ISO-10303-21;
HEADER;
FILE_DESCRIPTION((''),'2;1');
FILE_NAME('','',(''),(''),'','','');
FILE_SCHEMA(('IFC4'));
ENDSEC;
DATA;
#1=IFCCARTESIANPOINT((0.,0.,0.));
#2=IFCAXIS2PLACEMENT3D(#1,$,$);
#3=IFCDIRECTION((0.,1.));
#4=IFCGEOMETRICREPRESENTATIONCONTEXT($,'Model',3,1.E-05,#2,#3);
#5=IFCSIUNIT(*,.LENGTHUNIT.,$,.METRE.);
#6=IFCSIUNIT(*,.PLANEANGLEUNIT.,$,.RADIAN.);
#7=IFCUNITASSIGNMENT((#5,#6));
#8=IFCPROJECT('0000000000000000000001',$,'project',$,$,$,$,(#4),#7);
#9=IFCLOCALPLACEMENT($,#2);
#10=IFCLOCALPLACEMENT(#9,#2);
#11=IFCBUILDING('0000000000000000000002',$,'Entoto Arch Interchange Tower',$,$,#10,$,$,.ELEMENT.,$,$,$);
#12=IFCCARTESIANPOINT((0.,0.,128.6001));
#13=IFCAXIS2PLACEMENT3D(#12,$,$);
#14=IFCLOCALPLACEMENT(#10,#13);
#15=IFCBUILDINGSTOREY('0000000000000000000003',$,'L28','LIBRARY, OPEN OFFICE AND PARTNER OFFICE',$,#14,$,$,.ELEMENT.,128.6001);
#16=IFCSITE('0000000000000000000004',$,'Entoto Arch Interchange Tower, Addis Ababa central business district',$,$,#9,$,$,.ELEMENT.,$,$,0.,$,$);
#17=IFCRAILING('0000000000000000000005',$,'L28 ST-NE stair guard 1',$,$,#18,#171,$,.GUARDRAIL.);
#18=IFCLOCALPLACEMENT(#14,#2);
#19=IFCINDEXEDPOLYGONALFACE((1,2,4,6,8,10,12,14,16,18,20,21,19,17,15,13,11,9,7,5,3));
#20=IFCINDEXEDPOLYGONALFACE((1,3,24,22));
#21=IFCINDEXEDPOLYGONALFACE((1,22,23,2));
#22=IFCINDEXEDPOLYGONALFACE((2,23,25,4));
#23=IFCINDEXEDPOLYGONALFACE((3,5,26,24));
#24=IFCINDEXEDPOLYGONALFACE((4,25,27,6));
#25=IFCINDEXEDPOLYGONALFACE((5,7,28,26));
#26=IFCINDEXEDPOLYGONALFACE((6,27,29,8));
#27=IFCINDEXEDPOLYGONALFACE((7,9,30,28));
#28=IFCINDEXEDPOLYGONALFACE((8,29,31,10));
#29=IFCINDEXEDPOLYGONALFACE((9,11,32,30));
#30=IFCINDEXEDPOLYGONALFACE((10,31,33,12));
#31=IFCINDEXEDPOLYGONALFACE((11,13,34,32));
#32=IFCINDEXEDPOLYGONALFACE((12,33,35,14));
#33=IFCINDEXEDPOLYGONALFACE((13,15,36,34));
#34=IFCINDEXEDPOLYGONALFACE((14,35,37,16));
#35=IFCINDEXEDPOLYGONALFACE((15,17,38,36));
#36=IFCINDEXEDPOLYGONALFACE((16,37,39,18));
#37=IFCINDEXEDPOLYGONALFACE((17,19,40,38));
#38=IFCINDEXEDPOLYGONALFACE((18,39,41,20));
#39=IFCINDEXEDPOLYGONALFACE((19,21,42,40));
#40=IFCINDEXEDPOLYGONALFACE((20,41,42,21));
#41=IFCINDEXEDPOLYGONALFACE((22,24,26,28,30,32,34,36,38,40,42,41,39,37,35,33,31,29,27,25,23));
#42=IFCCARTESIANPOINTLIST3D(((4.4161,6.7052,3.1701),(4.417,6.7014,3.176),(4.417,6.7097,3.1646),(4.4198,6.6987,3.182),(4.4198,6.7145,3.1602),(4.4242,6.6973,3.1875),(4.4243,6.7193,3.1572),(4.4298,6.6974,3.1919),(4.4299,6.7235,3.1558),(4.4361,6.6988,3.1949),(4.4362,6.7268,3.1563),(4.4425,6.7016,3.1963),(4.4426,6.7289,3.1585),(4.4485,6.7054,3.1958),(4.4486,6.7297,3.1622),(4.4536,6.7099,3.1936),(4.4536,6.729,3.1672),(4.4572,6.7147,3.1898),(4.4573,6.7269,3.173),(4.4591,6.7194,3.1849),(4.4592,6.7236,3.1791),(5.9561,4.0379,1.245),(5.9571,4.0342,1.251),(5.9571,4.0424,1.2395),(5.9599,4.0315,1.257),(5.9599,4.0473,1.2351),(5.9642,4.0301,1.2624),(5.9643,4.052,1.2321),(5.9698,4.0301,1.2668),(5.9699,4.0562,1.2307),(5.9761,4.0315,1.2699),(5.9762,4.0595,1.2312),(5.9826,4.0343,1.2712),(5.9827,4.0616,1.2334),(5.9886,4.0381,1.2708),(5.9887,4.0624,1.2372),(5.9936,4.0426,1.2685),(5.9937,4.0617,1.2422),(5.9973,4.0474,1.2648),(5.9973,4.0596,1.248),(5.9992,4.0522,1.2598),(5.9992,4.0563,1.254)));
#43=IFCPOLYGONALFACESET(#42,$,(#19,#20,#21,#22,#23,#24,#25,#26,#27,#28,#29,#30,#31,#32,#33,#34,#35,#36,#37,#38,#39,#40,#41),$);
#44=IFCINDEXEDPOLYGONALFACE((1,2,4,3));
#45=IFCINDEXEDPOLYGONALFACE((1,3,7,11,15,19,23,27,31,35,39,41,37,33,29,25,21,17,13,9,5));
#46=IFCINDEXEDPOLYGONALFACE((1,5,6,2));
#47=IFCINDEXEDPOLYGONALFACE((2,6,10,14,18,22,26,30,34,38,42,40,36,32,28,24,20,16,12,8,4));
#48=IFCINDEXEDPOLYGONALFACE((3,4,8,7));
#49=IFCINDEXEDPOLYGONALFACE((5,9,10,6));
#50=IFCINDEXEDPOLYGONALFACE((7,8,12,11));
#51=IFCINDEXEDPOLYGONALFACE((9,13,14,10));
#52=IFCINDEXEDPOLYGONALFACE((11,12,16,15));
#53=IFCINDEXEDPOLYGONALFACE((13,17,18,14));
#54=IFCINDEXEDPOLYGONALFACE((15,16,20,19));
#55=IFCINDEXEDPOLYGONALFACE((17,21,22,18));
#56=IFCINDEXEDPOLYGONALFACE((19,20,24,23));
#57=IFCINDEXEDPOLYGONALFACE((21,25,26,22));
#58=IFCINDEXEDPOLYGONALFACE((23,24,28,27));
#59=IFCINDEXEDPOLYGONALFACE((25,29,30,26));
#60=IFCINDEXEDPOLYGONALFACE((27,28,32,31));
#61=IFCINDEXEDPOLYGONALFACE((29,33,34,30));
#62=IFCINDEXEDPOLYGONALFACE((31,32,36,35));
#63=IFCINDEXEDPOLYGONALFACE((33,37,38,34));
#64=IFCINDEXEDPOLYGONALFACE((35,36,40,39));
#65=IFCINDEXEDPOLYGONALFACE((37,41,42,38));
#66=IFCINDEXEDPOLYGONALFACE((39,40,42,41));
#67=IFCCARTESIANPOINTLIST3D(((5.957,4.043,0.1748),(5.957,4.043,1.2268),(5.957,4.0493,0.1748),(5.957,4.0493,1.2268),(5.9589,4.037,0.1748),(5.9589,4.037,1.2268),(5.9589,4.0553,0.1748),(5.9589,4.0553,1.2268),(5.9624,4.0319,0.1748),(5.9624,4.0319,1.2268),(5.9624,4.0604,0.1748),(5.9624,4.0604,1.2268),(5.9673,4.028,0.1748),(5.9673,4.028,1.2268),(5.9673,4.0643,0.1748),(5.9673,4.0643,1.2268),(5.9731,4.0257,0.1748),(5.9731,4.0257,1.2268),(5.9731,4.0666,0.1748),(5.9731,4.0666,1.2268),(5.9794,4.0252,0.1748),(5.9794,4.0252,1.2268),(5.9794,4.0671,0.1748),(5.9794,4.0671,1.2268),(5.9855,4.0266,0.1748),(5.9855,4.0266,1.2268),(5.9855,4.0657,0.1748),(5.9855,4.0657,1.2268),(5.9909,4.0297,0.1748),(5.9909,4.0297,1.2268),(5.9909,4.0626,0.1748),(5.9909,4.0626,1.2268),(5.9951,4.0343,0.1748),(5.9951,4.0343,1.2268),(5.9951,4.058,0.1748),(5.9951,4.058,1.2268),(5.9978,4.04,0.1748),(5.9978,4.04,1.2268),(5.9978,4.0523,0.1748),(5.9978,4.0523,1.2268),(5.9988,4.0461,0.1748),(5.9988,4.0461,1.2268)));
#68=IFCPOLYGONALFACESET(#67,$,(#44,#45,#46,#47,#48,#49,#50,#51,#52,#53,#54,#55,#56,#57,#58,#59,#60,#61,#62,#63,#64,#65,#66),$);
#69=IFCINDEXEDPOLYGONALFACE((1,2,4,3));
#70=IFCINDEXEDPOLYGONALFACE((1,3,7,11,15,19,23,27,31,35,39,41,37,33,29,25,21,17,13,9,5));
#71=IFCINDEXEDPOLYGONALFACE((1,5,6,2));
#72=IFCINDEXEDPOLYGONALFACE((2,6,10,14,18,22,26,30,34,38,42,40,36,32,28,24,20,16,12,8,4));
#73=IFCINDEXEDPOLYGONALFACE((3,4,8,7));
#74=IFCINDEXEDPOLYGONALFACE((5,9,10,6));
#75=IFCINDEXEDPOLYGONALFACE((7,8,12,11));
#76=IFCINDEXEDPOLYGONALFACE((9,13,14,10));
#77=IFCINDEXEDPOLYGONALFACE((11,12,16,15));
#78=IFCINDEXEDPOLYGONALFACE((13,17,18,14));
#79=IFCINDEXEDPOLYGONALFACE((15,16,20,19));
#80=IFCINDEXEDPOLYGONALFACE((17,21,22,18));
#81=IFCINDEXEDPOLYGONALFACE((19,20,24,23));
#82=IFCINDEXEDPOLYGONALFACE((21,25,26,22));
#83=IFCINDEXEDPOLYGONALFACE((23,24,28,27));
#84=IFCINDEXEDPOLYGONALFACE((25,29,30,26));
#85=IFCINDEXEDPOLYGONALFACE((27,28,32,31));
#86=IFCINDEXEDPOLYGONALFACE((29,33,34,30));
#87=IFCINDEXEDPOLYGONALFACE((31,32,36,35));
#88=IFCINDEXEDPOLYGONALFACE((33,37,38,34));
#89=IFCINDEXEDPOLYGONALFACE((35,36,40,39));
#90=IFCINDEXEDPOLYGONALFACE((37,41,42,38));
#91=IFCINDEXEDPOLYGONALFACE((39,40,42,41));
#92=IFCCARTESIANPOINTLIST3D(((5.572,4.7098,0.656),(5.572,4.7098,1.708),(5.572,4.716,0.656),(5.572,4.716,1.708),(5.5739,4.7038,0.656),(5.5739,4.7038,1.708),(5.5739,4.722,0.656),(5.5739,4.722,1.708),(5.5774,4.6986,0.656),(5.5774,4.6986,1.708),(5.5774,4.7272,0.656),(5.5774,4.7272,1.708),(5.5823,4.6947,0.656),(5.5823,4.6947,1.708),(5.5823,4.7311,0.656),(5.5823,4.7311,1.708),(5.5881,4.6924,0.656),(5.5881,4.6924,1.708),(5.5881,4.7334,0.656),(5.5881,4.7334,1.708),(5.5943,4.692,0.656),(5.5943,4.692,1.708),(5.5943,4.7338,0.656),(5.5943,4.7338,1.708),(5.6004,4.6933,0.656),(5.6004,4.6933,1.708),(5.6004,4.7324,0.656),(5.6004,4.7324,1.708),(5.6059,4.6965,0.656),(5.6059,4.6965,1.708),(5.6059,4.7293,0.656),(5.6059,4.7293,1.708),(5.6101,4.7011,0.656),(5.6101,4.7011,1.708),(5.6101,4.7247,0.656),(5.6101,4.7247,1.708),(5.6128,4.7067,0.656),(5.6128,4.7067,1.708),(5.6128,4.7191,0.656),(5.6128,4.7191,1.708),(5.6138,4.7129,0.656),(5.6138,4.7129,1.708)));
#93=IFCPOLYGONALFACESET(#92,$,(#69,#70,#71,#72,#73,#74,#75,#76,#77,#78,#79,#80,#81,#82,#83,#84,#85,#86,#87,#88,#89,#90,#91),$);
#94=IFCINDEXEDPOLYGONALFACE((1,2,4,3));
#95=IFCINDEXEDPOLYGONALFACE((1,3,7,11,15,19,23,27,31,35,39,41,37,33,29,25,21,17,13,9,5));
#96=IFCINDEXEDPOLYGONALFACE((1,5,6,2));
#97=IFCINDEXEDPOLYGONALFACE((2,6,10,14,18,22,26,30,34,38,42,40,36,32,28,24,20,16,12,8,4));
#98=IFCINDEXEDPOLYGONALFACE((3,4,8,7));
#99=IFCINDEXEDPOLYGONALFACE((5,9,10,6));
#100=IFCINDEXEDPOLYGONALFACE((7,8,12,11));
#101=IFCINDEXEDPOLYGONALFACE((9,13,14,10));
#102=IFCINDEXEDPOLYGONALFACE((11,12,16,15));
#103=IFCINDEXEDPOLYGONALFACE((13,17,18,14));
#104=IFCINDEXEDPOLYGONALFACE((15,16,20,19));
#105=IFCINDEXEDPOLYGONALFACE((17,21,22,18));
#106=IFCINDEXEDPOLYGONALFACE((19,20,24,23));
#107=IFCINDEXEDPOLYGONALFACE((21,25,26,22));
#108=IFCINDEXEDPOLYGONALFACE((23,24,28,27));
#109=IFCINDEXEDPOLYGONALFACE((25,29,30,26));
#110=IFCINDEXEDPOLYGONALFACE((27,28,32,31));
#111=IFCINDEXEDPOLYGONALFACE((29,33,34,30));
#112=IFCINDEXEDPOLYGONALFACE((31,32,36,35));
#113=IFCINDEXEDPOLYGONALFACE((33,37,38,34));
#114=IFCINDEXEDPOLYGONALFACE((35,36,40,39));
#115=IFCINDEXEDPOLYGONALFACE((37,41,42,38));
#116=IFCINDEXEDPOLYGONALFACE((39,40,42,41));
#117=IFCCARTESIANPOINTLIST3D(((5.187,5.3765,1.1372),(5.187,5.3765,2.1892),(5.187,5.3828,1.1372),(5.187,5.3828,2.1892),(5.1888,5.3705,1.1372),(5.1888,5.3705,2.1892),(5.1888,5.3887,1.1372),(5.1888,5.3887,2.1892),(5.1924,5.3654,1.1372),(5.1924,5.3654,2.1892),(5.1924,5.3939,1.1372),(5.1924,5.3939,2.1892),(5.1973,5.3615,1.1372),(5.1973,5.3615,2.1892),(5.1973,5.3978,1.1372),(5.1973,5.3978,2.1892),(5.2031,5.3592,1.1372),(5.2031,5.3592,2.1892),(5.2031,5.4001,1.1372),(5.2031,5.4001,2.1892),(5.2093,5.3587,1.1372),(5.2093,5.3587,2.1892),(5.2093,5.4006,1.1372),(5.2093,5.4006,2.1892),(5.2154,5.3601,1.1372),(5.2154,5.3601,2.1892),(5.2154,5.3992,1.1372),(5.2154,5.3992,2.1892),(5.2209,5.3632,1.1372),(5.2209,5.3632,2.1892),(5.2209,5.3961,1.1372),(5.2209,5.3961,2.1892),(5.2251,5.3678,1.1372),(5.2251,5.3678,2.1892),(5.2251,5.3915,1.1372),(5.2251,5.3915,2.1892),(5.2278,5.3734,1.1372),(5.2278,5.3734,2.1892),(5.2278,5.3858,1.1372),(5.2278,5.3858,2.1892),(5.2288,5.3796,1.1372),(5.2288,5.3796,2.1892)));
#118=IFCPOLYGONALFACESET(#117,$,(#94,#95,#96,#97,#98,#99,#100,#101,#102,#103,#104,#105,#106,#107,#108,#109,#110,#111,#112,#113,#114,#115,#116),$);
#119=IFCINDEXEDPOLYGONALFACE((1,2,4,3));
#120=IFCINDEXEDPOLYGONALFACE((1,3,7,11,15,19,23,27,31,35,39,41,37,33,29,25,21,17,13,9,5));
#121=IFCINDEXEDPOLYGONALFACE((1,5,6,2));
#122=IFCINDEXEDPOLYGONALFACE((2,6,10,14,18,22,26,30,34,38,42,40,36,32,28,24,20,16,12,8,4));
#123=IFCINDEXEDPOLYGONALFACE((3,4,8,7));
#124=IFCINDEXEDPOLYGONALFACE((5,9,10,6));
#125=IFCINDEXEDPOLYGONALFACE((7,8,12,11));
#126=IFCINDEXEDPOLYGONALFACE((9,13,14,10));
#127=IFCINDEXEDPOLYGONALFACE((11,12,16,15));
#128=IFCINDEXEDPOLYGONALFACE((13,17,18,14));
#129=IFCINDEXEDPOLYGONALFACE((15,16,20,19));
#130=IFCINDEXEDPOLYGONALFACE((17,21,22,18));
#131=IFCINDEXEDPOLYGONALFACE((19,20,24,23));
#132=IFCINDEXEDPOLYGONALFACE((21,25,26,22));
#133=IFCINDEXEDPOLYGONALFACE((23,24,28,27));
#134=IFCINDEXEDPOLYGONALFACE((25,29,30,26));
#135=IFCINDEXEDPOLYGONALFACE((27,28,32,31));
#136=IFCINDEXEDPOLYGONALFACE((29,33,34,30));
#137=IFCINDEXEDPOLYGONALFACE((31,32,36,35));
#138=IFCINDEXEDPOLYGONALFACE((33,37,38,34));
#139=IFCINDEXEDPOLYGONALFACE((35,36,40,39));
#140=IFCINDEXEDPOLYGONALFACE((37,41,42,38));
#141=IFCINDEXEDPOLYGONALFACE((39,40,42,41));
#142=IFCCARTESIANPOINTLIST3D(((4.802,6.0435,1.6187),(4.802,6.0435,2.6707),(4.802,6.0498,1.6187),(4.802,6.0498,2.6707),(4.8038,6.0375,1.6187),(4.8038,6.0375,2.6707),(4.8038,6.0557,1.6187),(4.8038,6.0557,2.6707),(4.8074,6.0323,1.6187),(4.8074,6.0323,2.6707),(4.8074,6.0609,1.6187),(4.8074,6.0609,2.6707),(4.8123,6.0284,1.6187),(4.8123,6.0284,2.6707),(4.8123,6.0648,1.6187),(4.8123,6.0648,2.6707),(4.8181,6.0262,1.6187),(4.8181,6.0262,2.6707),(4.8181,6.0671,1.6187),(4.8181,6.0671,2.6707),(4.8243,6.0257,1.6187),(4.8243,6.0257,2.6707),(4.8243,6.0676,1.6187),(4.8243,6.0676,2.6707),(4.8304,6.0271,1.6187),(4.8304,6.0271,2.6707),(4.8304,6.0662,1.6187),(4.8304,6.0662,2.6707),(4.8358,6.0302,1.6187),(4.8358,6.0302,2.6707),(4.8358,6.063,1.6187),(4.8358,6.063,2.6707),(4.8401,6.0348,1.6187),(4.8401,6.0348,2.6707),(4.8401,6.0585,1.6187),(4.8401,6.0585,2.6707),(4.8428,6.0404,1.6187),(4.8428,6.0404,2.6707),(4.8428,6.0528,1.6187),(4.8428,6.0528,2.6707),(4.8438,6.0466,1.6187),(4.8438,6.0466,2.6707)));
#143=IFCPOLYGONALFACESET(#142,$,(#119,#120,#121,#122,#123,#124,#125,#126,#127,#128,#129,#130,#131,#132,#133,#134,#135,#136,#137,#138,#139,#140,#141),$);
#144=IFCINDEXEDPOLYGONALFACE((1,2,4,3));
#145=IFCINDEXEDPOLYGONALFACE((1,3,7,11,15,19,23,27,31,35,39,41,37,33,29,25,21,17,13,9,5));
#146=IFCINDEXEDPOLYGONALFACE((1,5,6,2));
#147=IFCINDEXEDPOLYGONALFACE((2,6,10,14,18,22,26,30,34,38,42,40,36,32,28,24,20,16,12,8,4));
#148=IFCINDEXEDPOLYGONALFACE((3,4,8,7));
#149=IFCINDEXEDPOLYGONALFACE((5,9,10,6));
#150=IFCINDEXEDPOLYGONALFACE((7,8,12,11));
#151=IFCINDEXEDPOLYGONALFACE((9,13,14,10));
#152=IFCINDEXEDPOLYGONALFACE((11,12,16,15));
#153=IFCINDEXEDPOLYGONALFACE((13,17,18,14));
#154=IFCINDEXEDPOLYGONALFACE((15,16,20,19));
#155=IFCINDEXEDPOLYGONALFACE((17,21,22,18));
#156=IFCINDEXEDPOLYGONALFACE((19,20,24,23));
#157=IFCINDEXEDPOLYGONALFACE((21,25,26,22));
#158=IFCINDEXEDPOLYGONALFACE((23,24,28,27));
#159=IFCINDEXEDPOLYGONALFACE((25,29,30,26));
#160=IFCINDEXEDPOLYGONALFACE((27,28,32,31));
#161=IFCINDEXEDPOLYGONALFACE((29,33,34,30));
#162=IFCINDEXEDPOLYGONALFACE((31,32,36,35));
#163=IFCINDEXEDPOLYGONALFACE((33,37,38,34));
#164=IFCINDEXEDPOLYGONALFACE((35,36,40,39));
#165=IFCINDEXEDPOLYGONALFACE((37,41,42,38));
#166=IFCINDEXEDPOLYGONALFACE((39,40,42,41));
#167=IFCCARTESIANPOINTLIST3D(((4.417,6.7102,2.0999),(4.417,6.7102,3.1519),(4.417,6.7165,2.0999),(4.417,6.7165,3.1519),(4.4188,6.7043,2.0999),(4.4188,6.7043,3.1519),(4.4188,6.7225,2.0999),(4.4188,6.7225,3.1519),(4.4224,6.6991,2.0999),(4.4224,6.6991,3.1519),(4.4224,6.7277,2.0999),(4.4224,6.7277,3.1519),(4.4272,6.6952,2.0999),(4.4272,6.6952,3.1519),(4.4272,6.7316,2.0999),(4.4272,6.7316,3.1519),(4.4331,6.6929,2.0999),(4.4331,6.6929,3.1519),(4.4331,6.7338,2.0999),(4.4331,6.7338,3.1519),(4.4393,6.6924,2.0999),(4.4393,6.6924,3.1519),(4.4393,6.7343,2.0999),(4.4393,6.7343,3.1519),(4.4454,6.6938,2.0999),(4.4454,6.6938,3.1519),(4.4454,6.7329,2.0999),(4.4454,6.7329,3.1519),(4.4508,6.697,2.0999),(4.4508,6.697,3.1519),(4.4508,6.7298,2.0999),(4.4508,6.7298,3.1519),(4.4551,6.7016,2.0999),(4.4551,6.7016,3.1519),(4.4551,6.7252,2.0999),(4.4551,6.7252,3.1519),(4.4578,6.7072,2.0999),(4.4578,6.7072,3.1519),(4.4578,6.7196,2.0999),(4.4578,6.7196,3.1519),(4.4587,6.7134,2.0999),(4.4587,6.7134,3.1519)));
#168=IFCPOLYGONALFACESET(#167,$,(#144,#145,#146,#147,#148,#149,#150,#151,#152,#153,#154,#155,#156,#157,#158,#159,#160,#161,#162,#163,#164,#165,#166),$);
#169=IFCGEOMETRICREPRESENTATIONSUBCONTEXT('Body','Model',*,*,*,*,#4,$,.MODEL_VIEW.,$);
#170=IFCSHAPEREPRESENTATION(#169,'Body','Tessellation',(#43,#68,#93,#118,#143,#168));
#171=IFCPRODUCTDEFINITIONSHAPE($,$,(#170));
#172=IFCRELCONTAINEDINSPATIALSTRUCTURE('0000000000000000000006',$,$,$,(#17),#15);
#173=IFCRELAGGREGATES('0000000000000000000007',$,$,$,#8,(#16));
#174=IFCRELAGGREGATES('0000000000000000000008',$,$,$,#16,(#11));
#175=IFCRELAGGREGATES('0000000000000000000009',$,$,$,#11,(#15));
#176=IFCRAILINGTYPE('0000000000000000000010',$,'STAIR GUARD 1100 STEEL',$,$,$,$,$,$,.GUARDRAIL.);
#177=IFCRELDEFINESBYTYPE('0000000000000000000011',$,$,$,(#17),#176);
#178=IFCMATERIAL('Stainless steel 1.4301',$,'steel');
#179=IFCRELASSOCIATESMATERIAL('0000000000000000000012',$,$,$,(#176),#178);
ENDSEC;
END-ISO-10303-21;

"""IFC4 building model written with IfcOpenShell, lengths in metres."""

from ifc_helpers import new_model, si_unit, direction, frame, origin, origin_2d, place, context, subcontext, project, spatial, circle, extrude, material, type_object, element, save


model = new_model("IFC4")

# Units and contexts
model_context = context("Model", 3, precision=1e-05, world=origin(), true_north=direction((0.0, 1.0)))
body_context = subcontext(model_context, "Body", "Model", "MODEL_VIEW")
ifc_project = project(units=[si_unit("LENGTHUNIT", "METRE"), si_unit("PLANEANGLEUNIT", "RADIAN")], contexts=[model_context])

# Site, building, storey
site_placement = place(None, origin())
site = spatial("IfcSite", under=ifc_project, at=site_placement, Name="Entoto Arch Interchange Tower, Addis Ababa central business district", CompositionType="ELEMENT", RefElevation=0.0)
building_placement = place(site_placement, origin())
building = spatial("IfcBuilding", under=site, at=building_placement, Name="Entoto Arch Interchange Tower", CompositionType="ELEMENT")
storey_placement = place(building_placement, frame((0.0, 0.0, 128.6001)))
storey = spatial("IfcBuildingStorey", under=building, at=storey_placement, Name="L28", Description="LIBRARY, OPEN OFFICE AND PARTNER OFFICE", CompositionType="ELEMENT", Elevation=128.6001)

# Railing
ifc_material_1 = material(Name="Stainless steel 1.4301", Category="steel")
railing_type_1 = type_object("IfcRailingType", Name="STAIR GUARD 1100 STEEL", PredefinedType="GUARDRAIL", material=ifc_material_1)
railing_1_placement = place(storey_placement, frame((5.9778, 4.0461, 0.1748)))
element("IfcRailing", 1, at=railing_1_placement, inside=storey, type_object=railing_type_1, Name="L28 ST-NE stair guard 1", PredefinedType="GUARDRAIL", context=body_context, shape_type="SweptSolid", body=[
    extrude(circle(Radius=0.0239, at=origin_2d()), frame((0.0, 0.0, 1.0762), z_axis=(-0.424015, 0.734364, 0.530019), x_axis=(-0.86601, -0.500027, 0.0)), (0.0, 0.0, 1.0), 3.6321),
    extrude(circle(Radius=0.021, at=origin_2d()), origin(), (0.0, 0.0, 1.0), 1.052),
    extrude(circle(Radius=0.021, at=origin_2d()), frame((-0.385, 0.6667, 0.4812)), (0.0, 0.0, 1.0), 1.052),
    extrude(circle(Radius=0.021, at=origin_2d()), frame((-0.77, 1.3335, 0.9624)), (0.0, 0.0, 1.0), 1.052),
    extrude(circle(Radius=0.021, at=origin_2d()), frame((-1.155, 2.0005, 1.4438)), (0.0, 0.0, 1.0), 1.052),
    extrude(circle(Radius=0.021, at=origin_2d()), frame((-1.54, 2.6672, 1.925)), (0.0, 0.0, 1.0), 1.052),
])

save(model, "model.ifc")
